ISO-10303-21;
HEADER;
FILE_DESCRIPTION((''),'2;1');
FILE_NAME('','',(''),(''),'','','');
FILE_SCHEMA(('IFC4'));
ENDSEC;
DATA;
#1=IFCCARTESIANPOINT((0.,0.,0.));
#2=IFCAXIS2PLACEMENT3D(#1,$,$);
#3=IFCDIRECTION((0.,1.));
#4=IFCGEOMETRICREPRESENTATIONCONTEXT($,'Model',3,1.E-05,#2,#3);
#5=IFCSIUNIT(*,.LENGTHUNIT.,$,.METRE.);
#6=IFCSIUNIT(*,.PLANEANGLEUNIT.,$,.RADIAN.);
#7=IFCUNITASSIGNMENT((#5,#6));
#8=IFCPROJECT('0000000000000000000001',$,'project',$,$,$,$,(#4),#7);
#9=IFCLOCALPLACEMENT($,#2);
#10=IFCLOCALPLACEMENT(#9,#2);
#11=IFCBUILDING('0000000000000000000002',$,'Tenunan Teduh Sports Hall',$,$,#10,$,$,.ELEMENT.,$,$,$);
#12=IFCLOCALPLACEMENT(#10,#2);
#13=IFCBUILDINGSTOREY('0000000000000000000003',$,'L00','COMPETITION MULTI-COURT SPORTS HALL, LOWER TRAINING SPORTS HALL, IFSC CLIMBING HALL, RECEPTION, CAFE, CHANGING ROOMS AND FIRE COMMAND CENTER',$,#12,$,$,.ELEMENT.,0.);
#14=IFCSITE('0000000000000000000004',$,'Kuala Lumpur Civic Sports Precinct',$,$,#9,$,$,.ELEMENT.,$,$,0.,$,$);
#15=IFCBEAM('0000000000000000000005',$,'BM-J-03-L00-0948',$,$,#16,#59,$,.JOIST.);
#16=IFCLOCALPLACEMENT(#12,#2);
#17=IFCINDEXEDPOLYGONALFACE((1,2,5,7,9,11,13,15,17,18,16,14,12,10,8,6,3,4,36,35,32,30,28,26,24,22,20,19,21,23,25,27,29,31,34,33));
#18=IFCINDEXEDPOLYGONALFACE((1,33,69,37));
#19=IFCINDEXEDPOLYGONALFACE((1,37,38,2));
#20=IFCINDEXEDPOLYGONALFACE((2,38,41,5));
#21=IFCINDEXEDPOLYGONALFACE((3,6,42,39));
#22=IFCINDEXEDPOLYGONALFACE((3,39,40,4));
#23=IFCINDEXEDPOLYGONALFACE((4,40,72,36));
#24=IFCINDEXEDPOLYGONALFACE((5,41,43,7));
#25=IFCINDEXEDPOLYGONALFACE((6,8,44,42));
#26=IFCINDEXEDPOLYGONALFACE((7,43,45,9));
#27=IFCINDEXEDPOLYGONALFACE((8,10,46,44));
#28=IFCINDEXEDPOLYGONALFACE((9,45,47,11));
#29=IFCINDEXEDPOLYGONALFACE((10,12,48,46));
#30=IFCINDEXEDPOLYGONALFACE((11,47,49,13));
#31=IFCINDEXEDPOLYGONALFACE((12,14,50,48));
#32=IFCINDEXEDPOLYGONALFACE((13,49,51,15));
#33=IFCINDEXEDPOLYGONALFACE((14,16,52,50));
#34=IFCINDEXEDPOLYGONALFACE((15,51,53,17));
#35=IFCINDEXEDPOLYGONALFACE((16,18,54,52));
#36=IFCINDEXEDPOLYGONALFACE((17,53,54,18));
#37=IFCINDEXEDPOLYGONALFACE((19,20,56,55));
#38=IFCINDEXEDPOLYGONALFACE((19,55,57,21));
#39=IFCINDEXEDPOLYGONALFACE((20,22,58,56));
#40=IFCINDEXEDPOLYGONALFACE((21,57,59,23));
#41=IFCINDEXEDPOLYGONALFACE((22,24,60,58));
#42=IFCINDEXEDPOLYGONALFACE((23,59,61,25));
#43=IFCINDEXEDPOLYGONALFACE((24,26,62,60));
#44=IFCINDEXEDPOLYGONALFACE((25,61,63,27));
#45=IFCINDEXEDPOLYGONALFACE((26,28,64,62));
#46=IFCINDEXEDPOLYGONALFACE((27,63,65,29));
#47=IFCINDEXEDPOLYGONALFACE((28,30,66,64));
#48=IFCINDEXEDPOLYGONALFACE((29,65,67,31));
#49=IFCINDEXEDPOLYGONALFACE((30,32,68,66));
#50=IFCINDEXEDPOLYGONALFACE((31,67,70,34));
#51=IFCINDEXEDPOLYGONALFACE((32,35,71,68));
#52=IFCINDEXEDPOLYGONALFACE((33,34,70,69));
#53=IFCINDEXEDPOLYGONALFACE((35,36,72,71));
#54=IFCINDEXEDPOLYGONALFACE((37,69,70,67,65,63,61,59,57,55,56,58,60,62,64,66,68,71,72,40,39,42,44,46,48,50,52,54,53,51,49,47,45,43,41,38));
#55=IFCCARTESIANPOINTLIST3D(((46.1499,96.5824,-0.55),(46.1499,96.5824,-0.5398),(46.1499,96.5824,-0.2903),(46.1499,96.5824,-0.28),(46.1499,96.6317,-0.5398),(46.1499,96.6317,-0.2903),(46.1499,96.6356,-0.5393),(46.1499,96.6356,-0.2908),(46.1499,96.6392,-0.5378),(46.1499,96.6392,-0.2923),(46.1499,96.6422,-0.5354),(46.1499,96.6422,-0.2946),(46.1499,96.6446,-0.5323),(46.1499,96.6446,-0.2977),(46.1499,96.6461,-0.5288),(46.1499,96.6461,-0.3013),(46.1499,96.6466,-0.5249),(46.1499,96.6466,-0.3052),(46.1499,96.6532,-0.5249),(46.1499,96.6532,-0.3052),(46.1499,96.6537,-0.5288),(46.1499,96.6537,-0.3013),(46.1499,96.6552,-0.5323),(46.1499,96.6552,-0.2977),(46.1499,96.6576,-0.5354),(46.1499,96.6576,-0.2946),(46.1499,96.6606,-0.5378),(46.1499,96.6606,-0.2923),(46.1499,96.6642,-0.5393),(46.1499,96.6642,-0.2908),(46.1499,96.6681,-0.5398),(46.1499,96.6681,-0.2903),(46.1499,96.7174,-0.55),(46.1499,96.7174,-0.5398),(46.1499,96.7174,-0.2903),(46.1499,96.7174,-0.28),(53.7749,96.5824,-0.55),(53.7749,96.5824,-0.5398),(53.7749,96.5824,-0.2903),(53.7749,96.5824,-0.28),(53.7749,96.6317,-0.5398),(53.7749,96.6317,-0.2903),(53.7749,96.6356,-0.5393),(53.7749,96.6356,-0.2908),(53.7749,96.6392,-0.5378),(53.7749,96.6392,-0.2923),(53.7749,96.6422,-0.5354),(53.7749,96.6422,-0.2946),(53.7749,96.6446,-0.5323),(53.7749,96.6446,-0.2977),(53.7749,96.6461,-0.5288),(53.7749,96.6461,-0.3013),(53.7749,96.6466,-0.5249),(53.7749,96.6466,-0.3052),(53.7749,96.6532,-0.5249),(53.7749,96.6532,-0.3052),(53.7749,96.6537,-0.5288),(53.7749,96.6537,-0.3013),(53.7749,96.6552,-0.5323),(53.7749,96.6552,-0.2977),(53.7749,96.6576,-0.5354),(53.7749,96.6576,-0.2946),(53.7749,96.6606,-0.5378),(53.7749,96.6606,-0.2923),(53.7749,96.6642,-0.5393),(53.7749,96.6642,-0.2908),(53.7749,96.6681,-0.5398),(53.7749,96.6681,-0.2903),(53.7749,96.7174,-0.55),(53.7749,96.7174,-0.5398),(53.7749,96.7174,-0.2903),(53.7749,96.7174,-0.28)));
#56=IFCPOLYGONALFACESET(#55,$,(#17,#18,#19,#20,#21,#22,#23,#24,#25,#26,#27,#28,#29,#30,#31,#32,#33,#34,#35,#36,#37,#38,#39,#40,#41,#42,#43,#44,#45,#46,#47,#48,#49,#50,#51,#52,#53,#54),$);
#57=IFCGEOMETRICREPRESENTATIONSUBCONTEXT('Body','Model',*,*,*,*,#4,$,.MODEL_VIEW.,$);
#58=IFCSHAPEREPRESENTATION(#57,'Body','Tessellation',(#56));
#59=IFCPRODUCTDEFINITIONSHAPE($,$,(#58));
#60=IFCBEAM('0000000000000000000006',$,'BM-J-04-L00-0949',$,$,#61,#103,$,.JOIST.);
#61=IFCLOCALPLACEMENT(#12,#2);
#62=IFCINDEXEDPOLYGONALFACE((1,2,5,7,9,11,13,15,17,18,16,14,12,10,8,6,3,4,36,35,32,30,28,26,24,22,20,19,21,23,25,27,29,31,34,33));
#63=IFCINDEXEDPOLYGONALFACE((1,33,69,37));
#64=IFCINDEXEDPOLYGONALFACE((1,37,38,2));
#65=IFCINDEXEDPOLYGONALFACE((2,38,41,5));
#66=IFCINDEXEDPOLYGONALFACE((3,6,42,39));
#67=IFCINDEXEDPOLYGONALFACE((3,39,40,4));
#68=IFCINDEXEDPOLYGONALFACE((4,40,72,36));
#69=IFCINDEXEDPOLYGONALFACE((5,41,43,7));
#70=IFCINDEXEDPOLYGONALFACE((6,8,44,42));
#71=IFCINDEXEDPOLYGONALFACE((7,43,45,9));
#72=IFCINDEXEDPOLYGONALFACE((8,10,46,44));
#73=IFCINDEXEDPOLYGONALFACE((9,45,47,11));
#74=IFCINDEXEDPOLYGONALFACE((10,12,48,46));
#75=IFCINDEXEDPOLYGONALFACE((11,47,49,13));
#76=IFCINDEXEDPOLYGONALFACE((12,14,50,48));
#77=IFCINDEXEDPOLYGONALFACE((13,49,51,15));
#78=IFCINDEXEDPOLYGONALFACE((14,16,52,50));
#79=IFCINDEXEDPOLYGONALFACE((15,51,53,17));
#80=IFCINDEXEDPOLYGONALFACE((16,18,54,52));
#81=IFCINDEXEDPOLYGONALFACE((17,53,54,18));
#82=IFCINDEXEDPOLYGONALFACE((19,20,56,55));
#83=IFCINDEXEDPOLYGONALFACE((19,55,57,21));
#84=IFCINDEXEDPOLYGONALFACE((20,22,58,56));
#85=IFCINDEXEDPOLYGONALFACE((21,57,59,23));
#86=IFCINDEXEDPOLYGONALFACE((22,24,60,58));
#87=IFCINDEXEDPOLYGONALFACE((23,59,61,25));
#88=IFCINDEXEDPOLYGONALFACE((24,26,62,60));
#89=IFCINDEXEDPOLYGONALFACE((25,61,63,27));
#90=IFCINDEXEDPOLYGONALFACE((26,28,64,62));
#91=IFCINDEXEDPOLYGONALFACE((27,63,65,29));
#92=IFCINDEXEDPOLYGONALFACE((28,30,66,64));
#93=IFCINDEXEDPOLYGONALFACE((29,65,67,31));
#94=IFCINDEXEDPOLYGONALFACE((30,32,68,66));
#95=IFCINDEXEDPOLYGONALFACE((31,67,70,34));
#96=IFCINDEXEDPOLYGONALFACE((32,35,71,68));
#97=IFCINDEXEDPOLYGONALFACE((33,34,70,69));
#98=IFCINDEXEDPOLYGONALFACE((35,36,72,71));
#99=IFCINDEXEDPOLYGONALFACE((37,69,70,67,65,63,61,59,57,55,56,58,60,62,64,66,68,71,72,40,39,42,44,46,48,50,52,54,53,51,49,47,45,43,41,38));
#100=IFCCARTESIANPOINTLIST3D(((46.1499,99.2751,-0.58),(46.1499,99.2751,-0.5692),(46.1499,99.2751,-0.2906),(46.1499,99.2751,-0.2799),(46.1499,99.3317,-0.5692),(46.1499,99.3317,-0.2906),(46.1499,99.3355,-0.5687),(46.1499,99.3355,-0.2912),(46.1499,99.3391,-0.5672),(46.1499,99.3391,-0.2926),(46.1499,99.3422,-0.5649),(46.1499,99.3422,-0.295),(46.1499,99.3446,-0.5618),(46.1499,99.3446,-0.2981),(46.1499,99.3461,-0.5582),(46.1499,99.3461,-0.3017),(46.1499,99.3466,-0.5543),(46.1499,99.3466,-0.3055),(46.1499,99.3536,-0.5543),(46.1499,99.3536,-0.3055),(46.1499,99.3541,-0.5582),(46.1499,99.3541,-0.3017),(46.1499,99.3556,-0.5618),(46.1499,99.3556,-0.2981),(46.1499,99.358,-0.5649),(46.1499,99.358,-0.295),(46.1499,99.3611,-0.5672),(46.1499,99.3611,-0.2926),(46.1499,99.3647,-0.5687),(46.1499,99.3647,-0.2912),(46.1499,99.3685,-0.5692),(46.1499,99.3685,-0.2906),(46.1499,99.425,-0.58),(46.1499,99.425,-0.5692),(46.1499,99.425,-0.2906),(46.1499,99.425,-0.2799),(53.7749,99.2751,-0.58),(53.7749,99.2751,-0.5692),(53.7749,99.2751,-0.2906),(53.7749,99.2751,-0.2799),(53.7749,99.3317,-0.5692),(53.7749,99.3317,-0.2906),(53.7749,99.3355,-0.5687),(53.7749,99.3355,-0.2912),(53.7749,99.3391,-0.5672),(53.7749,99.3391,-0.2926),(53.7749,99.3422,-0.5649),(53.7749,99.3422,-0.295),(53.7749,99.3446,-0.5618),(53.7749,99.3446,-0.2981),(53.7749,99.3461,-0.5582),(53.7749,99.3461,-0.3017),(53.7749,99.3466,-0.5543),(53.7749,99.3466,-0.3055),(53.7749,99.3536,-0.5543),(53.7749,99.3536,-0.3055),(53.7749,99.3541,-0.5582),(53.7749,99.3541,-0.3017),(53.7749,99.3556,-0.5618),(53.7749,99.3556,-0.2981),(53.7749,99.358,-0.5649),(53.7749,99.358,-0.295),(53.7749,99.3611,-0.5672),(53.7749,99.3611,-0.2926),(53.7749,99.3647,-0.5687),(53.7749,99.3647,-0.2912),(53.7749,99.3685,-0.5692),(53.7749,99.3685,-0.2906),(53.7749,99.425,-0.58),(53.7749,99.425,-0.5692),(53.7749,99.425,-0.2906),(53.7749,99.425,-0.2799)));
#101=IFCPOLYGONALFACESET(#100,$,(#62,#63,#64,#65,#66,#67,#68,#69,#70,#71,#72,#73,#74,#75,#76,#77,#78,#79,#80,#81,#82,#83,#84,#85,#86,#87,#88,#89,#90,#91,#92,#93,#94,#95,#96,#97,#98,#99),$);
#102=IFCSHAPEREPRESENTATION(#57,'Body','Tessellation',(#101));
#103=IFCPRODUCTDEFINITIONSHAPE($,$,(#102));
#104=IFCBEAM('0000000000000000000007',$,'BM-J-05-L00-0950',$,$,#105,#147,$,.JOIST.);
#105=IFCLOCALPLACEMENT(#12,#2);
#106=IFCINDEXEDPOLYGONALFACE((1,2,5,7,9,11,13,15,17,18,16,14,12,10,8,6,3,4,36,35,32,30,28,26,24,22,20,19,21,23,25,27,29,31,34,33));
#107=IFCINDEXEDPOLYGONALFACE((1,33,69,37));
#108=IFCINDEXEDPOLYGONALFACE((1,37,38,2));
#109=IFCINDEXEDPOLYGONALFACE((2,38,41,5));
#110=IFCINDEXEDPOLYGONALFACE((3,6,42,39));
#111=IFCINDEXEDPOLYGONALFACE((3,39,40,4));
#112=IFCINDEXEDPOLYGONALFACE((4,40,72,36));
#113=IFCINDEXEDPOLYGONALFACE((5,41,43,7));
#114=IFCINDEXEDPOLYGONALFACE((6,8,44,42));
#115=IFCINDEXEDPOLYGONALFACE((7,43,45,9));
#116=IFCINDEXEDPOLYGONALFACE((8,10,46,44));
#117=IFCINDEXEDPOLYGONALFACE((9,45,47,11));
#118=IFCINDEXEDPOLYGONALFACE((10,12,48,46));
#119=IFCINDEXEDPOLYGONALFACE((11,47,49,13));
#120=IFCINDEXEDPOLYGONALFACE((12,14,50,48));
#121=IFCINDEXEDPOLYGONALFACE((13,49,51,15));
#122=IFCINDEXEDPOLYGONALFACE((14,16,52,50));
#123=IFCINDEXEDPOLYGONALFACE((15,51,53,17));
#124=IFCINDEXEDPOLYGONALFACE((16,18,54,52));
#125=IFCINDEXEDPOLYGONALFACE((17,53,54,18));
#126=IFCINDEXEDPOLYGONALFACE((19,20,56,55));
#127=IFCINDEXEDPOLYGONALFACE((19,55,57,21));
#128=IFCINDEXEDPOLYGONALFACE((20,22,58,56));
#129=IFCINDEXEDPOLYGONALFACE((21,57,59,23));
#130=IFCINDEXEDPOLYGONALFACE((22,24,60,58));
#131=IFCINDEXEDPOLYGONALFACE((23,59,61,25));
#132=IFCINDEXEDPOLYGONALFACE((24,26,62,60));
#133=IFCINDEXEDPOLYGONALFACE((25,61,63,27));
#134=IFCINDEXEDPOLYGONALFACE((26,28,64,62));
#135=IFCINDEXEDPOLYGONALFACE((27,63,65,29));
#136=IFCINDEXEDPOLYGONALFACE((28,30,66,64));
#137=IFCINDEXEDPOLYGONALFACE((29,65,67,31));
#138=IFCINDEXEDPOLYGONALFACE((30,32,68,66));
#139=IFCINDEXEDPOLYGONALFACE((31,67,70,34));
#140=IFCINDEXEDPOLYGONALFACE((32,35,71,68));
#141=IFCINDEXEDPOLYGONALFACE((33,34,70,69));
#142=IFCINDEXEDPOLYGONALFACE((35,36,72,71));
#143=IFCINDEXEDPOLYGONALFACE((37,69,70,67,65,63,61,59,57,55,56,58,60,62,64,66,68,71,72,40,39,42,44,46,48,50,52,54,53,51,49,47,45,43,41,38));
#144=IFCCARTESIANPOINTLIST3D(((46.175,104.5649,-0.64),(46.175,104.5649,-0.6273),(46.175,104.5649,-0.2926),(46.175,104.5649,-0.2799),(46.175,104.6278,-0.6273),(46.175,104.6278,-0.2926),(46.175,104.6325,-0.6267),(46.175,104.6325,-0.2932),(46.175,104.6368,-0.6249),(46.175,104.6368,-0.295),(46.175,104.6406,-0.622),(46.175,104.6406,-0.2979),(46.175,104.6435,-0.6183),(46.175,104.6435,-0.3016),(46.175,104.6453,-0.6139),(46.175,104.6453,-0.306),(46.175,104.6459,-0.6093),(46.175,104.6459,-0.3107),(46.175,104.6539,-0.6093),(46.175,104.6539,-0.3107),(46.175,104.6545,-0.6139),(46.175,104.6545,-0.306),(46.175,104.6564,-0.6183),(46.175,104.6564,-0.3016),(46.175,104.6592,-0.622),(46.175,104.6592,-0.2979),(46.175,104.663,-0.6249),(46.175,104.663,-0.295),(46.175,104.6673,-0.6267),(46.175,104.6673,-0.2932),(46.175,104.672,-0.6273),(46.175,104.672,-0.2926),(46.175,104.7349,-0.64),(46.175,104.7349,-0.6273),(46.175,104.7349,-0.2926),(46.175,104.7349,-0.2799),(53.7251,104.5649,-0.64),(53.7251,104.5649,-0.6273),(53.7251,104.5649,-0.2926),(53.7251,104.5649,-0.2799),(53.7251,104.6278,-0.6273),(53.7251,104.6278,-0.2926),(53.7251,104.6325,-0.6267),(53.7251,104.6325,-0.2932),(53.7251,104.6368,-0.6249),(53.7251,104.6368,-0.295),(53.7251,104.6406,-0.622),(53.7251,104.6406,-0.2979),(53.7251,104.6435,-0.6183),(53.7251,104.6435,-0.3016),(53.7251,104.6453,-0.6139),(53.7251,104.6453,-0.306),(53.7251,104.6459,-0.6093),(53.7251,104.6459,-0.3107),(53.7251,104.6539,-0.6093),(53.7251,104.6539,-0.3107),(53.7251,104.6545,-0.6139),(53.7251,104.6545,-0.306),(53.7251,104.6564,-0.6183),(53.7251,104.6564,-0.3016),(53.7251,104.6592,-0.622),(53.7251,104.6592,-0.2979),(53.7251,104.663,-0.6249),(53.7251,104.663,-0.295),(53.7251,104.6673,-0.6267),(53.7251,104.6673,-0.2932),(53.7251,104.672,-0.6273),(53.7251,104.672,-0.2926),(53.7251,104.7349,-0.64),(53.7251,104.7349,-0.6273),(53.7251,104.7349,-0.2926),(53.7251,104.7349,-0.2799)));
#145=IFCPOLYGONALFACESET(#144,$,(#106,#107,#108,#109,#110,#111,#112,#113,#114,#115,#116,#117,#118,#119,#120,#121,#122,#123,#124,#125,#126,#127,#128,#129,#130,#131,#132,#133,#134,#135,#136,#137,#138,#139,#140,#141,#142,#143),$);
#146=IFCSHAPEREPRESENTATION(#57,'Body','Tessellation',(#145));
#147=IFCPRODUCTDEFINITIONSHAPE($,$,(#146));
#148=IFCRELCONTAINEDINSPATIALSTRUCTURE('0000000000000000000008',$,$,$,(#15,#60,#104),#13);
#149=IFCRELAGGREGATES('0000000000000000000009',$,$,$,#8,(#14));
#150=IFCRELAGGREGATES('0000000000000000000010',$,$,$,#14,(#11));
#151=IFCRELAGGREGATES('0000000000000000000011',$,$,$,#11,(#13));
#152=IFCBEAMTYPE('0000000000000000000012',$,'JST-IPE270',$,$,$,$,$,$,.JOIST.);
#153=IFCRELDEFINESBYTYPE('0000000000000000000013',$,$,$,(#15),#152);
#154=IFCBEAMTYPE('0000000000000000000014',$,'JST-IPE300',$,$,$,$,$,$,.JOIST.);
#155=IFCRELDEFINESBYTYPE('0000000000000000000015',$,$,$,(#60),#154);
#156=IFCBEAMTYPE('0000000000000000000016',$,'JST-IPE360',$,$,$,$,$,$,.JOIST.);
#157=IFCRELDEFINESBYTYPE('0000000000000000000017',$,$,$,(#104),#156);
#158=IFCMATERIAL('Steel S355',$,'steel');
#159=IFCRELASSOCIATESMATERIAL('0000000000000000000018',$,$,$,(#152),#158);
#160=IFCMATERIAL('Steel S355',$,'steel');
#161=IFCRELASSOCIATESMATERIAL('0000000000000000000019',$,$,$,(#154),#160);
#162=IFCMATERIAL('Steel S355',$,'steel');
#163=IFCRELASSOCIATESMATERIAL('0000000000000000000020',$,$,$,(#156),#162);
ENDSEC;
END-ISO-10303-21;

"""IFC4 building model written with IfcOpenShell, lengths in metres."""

from ifc_helpers import new_model, si_unit, direction, frame, origin, origin_2d, place, context, subcontext, project, spatial, i_section, extrude, material, material_profile, profile_set, type_object, element, save


model = new_model("IFC4")

# Units and contexts
model_context = context("Model", 3, precision=1e-05, world=origin(), true_north=direction((0.0, 1.0)))
body_context = subcontext(model_context, "Body", "Model", "MODEL_VIEW")
ifc_project = project(units=[si_unit("LENGTHUNIT", "METRE"), si_unit("PLANEANGLEUNIT", "RADIAN")], contexts=[model_context])

# Site, building, storey
site_placement = place(None, origin())
site = spatial("IfcSite", under=ifc_project, at=site_placement, Name="Kuala Lumpur Civic Sports Precinct", CompositionType="ELEMENT", RefElevation=0.0)
building_placement = place(site_placement, origin())
building = spatial("IfcBuilding", under=site, at=building_placement, Name="Tenunan Teduh Sports Hall", CompositionType="ELEMENT")
storey_placement = place(building_placement, origin())
storey = spatial("IfcBuildingStorey", under=building, at=storey_placement, Name="L00", Description="COMPETITION MULTI-COURT SPORTS HALL, LOWER TRAINING SPORTS HALL, IFSC CLIMBING HALL, RECEPTION, CAFE, CHANGING ROOMS AND FIRE COMMAND CENTER", CompositionType="ELEMENT", Elevation=0.0)

# Beams
ifc_material_1 = material(Name="Steel S355", Category="steel")
ifc_material_profile_1 = material_profile(ifc_material_1, i_section(OverallWidth=0.135, OverallDepth=0.27, WebThickness=0.0066, FlangeThickness=0.0103, FilletRadius=0.0149, at=origin_2d()), Name="IPE 270")
ifc_profile_set_1 = profile_set([ifc_material_profile_1], Name="Steel S355")
beam_type_1 = type_object("IfcBeamType", Name="JST-IPE270", PredefinedType="JOIST", material=ifc_profile_set_1)
beam_1_placement = place(storey_placement, frame((46.1499, 96.6499, -0.415), z_axis=(1.0, 0.0, 0.0), x_axis=(0.0, 1.0, 0.0)))
element("IfcBeam", 1, at=beam_1_placement, inside=storey, type_object=beam_type_1, Name="BM-J-03-L00-0948", PredefinedType="JOIST", context=body_context, shape_type="SweptSolid", body=[
    extrude(i_section(OverallWidth=0.135, OverallDepth=0.27, WebThickness=0.0066, FlangeThickness=0.0103, FilletRadius=0.0149, at=origin_2d()), origin(), (0.0, 0.0, 1.0), 7.625),
])
ifc_material_2 = material(Name="Steel S355", Category="steel")
ifc_material_profile_2 = material_profile(ifc_material_2, i_section(OverallWidth=0.1499, OverallDepth=0.3, WebThickness=0.0071, FlangeThickness=0.0107, FilletRadius=0.0149, at=origin_2d()), Name="IPE 300")
ifc_profile_set_2 = profile_set([ifc_material_profile_2], Name="Steel S355")
beam_type_2 = type_object("IfcBeamType", Name="JST-IPE300", PredefinedType="JOIST", material=ifc_profile_set_2)
beam_2_placement = place(storey_placement, frame((46.1499, 99.3501, -0.4299), z_axis=(1.0, 0.0, 0.0), x_axis=(0.0, 1.0, 0.0)))
element("IfcBeam", 2, at=beam_2_placement, inside=storey, type_object=beam_type_2, Name="BM-J-04-L00-0949", PredefinedType="JOIST", context=body_context, shape_type="SweptSolid", body=[
    extrude(i_section(OverallWidth=0.1499, OverallDepth=0.3, WebThickness=0.0071, FlangeThickness=0.0107, FilletRadius=0.0149, at=origin_2d()), origin(), (0.0, 0.0, 1.0), 7.625),
])
ifc_material_3 = material(Name="Steel S355", Category="steel")
ifc_material_profile_3 = material_profile(ifc_material_3, i_section(OverallWidth=0.1699, OverallDepth=0.3601, WebThickness=0.0081, FlangeThickness=0.0127, FilletRadius=0.0181, at=origin_2d()), Name="IPE 360")
ifc_profile_set_3 = profile_set([ifc_material_profile_3], Name="Steel S355")
beam_type_3 = type_object("IfcBeamType", Name="JST-IPE360", PredefinedType="JOIST", material=ifc_profile_set_3)
beam_3_placement = place(storey_placement, frame((46.175, 104.6499, -0.46), z_axis=(1.0, 0.0, 0.0), x_axis=(0.0, 1.0, 0.0)))
element("IfcBeam", 3, at=beam_3_placement, inside=storey, type_object=beam_type_3, Name="BM-J-05-L00-0950", PredefinedType="JOIST", context=body_context, shape_type="SweptSolid", body=[
    extrude(i_section(OverallWidth=0.1699, OverallDepth=0.3601, WebThickness=0.0081, FlangeThickness=0.0127, FilletRadius=0.0181, at=origin_2d()), origin(), (0.0, 0.0, 1.0), 7.55),
])

save(model, "model.ifc")
